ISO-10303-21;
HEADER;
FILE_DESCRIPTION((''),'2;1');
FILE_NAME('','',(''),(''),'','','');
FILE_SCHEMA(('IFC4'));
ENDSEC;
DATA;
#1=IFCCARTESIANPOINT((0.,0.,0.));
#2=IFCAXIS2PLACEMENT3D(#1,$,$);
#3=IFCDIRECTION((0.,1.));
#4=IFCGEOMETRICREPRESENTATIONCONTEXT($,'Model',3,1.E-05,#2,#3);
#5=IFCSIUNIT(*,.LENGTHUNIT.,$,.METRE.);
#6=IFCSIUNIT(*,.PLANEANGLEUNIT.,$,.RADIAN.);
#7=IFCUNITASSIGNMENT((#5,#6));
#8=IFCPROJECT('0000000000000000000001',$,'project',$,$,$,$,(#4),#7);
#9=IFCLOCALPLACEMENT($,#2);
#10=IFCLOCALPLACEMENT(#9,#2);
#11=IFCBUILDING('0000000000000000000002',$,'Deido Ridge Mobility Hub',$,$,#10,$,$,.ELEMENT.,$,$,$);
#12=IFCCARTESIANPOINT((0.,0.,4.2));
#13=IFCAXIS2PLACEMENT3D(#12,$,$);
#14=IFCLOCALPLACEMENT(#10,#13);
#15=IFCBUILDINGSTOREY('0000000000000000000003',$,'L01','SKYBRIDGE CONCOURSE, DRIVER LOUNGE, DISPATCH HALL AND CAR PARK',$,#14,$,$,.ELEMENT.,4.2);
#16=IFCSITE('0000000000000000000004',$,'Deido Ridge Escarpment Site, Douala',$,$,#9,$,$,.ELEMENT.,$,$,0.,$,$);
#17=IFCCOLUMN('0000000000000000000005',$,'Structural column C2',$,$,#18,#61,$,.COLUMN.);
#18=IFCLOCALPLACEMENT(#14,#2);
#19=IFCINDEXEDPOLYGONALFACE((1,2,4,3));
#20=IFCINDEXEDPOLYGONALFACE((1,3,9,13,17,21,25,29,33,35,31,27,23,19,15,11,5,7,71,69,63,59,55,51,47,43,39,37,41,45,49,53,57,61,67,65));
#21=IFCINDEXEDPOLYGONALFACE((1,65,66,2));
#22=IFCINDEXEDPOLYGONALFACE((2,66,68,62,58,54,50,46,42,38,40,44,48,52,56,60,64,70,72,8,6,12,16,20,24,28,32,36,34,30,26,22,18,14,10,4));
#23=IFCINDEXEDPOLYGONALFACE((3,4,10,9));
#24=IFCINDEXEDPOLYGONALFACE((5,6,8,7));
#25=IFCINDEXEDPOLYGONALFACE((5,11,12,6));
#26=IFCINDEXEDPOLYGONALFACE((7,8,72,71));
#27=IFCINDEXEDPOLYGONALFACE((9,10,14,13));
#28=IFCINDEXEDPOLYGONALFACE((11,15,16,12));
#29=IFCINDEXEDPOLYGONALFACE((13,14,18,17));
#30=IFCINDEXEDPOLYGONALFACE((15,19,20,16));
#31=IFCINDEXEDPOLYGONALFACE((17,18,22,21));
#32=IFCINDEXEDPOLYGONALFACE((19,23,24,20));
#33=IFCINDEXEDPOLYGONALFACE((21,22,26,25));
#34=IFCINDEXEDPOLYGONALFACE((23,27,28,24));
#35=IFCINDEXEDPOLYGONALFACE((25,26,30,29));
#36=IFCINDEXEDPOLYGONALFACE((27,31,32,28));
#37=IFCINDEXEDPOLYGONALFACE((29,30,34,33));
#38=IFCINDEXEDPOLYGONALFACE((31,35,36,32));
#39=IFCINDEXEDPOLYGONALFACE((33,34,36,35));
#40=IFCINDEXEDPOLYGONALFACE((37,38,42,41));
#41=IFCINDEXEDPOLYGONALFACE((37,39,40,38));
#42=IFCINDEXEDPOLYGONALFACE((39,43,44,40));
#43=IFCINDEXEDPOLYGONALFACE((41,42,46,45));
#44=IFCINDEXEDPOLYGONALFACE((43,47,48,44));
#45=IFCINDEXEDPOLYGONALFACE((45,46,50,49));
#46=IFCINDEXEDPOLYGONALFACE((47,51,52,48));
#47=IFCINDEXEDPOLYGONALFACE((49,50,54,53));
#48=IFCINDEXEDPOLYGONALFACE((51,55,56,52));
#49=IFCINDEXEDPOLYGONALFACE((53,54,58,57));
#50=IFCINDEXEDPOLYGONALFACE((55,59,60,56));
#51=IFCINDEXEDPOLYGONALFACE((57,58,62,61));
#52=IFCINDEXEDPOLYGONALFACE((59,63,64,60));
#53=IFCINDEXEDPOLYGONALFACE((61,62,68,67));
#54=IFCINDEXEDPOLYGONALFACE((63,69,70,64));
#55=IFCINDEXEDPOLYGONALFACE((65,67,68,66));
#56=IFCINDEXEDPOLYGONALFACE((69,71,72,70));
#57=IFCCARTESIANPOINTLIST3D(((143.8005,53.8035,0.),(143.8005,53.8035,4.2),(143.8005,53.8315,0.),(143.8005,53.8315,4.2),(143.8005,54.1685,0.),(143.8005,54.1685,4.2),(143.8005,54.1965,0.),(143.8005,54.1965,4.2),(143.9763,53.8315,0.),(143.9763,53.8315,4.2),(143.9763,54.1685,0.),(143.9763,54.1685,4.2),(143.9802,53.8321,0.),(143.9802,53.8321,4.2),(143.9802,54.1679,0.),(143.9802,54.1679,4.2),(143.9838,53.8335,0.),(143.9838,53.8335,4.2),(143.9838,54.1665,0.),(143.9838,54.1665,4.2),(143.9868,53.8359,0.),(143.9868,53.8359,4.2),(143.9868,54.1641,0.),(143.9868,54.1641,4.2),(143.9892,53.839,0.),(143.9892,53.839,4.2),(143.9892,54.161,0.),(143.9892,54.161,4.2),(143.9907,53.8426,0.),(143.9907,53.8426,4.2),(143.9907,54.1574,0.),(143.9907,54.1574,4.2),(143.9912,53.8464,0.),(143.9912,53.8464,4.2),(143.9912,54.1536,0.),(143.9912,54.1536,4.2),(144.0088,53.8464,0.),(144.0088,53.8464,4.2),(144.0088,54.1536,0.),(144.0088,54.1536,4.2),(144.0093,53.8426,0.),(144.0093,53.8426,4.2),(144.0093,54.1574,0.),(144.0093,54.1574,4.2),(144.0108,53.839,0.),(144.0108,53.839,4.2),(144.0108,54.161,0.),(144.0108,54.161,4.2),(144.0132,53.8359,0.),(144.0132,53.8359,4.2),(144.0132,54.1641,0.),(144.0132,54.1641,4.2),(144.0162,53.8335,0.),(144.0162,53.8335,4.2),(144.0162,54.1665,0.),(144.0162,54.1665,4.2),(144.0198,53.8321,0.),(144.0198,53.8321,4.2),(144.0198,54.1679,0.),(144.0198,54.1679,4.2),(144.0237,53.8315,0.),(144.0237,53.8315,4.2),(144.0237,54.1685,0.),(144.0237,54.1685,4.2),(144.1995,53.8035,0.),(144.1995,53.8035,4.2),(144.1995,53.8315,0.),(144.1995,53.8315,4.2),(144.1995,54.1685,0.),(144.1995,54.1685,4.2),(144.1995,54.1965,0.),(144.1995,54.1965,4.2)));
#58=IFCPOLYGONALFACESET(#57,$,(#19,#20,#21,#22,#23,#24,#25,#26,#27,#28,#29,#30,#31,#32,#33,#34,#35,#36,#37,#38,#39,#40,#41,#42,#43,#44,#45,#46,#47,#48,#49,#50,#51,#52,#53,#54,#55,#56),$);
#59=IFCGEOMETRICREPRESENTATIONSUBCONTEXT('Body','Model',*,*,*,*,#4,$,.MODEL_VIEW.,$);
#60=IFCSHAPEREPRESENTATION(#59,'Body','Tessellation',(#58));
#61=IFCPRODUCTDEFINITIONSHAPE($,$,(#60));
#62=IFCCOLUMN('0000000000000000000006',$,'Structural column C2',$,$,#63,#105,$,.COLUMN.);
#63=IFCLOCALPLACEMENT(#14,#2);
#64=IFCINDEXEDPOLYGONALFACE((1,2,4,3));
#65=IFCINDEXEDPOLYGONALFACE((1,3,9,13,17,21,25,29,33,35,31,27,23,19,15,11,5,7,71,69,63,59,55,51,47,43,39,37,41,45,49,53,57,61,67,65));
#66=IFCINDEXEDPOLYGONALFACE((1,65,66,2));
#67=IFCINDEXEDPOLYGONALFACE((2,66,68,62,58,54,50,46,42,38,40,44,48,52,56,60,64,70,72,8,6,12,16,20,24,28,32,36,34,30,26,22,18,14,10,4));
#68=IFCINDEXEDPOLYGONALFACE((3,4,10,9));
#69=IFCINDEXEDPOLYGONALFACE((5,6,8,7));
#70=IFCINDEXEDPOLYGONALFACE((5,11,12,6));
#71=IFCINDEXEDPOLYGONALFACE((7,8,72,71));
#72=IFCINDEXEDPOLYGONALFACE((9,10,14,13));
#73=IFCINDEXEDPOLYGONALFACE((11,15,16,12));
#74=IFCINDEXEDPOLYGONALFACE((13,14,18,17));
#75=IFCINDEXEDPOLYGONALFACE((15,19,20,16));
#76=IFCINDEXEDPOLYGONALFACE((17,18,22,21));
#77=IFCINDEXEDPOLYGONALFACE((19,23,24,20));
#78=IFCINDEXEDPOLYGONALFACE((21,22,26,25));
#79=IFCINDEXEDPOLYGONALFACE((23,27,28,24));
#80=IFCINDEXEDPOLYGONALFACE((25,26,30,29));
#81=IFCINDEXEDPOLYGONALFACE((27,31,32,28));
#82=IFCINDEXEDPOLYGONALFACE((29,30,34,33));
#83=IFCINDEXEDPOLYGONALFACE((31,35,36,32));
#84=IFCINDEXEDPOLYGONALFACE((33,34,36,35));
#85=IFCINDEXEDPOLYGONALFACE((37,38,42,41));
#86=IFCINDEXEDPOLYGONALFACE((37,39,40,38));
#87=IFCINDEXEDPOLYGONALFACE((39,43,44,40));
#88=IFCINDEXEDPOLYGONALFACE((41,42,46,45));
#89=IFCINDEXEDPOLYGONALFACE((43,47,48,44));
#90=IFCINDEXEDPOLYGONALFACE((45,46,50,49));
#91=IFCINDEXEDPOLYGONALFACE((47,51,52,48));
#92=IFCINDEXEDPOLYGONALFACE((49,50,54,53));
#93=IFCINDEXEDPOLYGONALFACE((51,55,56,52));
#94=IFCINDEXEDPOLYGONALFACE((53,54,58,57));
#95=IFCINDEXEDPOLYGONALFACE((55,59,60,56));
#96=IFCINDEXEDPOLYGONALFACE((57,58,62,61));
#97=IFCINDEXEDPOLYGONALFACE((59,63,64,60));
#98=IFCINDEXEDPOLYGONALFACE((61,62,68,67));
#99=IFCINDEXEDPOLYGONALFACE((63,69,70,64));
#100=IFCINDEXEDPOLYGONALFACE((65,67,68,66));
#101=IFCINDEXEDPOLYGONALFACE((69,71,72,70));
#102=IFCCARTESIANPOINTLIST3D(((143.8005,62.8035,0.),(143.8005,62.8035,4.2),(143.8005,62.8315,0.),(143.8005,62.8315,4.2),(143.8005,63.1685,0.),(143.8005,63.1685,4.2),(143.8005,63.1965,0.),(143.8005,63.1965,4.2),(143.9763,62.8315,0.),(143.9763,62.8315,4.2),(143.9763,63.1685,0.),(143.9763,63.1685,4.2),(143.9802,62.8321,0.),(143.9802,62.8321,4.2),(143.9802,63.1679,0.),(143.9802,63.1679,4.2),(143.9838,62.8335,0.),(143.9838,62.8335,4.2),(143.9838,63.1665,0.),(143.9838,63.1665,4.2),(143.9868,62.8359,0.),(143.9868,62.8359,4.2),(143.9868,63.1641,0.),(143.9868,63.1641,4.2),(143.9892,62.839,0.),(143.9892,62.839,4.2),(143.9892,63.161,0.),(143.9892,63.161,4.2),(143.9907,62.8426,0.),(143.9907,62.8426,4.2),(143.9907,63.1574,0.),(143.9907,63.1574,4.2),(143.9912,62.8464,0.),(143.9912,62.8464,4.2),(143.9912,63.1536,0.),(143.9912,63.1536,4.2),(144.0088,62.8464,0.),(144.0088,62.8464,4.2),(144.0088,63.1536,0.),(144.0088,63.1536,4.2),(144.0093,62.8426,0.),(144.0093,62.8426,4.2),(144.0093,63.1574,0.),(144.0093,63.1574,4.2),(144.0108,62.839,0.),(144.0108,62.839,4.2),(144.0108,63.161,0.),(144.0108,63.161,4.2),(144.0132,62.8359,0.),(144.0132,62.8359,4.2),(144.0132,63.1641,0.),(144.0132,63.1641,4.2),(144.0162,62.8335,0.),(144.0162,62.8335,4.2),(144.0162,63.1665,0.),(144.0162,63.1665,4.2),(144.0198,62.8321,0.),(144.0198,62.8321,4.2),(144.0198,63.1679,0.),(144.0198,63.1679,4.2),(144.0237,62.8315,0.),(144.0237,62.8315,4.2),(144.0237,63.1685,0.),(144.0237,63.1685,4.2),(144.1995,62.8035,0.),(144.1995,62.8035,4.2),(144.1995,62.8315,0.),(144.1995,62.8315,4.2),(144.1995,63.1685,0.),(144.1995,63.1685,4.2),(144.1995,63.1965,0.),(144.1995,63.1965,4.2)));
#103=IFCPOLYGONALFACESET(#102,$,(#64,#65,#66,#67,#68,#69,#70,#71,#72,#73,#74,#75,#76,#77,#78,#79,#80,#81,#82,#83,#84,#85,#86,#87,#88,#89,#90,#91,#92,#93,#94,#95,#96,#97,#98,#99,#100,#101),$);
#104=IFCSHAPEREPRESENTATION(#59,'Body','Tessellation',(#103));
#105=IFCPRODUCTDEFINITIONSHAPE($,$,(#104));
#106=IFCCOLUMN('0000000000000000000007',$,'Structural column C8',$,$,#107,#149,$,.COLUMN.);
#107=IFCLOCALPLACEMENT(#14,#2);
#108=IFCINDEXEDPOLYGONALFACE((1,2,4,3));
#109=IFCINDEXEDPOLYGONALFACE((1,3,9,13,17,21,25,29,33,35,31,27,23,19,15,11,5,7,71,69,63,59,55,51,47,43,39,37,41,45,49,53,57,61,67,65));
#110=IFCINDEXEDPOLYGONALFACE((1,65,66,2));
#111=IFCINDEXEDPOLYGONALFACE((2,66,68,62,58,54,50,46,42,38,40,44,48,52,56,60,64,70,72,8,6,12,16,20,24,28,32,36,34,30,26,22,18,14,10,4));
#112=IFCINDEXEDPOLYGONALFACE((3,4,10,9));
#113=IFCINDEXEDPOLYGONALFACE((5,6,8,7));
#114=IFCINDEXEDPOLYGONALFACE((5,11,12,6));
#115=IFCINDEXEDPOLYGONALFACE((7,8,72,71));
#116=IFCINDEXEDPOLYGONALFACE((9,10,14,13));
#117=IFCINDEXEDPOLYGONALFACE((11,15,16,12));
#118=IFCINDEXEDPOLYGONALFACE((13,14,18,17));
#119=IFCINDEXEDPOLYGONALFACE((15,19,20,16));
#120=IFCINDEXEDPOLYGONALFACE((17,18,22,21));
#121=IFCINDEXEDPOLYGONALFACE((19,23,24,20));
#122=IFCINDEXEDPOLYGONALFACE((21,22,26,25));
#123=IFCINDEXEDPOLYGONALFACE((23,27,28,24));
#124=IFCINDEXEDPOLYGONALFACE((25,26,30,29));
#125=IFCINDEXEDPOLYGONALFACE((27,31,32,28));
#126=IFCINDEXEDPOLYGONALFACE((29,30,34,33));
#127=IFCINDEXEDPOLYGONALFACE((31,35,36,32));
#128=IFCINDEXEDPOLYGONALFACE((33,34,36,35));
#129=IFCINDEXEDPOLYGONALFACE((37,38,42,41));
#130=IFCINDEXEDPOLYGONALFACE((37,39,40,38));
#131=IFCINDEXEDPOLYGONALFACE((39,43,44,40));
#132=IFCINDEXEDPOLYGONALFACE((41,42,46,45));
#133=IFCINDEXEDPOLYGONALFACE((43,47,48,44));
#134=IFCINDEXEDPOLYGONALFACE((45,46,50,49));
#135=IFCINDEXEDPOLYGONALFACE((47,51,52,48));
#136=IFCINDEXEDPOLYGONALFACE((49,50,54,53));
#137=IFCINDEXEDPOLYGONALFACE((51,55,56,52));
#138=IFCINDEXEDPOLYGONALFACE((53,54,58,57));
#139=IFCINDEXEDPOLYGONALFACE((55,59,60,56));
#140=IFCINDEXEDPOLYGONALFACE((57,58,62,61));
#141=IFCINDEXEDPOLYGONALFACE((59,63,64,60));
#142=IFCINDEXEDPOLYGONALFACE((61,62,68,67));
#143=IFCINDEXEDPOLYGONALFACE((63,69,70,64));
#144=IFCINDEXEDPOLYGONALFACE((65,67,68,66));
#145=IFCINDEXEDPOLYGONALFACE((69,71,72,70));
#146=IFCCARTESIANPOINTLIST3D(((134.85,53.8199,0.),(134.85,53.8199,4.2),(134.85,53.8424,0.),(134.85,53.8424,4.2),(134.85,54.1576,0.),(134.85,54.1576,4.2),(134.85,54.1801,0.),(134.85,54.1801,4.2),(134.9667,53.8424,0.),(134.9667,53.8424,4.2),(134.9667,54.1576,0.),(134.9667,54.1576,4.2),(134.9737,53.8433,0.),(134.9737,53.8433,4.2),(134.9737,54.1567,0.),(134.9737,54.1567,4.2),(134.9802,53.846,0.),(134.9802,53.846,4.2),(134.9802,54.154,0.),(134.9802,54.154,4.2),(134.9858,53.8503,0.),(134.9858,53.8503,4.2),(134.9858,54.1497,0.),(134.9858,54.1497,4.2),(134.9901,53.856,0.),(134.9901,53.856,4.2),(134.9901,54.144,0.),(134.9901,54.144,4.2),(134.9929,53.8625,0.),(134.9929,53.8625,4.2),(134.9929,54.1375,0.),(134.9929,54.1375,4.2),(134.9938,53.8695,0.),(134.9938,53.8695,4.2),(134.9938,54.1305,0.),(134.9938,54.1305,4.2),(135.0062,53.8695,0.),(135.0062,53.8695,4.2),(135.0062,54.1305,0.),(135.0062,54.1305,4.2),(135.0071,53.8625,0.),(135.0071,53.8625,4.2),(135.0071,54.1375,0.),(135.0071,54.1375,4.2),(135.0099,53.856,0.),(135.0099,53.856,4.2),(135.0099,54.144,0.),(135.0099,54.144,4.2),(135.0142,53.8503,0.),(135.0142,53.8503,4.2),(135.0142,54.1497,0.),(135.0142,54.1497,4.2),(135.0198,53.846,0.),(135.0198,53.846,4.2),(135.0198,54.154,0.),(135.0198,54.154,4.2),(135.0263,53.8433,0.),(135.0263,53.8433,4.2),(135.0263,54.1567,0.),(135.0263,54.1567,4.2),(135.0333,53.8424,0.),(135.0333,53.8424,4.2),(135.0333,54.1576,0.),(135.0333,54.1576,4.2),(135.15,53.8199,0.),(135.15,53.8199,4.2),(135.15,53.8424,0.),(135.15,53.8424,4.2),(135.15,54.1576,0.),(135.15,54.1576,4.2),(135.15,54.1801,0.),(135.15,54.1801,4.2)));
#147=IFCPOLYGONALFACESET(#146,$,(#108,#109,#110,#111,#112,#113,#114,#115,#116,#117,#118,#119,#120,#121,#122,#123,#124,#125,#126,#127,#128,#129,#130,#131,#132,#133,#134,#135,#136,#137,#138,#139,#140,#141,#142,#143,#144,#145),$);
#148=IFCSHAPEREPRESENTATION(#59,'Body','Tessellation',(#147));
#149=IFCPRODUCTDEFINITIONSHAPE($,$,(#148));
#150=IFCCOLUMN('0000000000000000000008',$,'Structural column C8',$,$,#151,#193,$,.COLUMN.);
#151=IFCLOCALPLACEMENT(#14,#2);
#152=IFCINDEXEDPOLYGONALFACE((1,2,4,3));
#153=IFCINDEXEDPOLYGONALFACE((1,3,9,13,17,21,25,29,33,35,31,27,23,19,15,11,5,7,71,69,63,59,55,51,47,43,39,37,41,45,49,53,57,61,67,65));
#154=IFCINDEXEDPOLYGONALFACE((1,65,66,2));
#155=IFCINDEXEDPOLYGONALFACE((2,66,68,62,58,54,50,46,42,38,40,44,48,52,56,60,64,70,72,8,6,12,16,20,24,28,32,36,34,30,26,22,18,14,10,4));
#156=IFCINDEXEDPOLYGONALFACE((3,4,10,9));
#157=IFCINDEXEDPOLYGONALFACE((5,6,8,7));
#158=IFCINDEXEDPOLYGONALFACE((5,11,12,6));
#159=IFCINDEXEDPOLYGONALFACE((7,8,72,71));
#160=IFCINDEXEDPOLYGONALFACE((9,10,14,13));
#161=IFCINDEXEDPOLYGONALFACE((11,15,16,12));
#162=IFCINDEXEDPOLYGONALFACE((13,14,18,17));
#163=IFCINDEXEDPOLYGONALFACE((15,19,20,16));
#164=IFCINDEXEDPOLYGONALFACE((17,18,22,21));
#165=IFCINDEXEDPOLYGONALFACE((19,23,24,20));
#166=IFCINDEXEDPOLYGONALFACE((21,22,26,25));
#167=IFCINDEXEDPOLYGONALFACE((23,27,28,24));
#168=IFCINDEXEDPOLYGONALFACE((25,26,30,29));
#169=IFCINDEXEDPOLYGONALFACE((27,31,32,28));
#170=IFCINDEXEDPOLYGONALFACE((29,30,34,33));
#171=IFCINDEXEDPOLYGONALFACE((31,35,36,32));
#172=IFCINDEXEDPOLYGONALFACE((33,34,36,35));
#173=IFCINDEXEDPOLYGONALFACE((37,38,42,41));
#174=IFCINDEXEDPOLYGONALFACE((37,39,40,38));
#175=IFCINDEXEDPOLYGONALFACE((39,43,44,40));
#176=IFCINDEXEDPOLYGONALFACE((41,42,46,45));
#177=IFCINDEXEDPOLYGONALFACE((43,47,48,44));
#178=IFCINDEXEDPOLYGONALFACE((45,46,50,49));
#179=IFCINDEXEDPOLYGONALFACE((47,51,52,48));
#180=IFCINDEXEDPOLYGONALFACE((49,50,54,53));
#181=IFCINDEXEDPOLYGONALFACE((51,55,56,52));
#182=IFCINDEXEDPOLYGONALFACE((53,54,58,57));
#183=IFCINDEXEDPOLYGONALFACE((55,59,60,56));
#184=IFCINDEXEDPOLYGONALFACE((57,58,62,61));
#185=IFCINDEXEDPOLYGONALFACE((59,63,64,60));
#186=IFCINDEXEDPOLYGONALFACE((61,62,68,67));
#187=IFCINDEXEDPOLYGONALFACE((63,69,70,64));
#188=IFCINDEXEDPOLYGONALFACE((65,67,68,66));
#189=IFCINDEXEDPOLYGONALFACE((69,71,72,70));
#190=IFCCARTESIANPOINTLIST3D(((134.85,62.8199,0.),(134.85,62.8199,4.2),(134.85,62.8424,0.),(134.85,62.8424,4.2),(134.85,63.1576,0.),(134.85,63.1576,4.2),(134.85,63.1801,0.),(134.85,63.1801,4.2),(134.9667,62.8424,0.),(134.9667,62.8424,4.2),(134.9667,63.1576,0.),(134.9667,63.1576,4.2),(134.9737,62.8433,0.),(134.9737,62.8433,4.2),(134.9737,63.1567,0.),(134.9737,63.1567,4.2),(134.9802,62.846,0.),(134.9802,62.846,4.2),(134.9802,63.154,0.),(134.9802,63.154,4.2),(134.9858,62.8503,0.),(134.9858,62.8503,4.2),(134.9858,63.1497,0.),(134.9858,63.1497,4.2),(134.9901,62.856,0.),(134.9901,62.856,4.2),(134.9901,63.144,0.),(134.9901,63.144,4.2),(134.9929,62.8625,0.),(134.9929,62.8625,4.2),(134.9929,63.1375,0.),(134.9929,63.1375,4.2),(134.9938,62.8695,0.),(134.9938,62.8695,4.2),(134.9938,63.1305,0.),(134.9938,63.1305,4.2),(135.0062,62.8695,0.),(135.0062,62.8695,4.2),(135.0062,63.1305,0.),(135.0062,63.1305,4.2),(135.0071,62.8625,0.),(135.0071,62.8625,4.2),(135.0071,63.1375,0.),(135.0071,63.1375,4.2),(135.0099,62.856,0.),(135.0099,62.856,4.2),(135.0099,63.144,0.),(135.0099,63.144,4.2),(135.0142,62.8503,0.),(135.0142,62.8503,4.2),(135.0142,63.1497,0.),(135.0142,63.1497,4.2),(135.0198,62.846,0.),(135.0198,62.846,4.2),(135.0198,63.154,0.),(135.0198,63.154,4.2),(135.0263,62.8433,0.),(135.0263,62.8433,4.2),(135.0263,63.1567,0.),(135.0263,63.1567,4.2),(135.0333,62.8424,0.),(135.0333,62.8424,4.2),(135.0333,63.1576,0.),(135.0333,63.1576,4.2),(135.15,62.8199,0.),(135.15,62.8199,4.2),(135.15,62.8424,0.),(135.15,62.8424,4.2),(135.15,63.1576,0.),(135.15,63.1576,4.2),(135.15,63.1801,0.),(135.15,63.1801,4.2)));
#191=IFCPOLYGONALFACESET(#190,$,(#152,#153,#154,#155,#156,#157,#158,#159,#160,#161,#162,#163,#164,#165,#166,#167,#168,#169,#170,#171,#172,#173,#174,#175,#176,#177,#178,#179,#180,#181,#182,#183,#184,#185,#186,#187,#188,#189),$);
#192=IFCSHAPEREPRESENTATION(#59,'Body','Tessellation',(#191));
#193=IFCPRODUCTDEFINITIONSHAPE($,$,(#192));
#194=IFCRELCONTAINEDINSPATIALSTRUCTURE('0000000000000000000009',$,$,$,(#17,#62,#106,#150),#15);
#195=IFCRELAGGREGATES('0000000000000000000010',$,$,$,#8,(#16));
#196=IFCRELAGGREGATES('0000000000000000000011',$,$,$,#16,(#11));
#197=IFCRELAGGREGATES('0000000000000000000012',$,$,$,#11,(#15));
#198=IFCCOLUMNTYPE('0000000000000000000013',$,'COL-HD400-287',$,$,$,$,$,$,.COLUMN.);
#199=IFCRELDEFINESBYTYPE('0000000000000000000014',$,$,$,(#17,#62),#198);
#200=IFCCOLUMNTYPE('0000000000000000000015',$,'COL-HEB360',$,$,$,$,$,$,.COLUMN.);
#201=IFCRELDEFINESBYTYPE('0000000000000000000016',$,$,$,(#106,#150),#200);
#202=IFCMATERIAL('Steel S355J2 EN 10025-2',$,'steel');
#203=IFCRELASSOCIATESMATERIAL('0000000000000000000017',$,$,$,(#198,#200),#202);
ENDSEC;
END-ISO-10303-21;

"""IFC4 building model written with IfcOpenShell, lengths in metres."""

from ifc_helpers import new_model, si_unit, direction, frame, origin, origin_2d, place, context, subcontext, project, spatial, i_section, extrude, material, material_profile, profile_set, type_object, element, save


model = new_model("IFC4")

# Units and contexts
model_context = context("Model", 3, precision=1e-05, world=origin(), true_north=direction((0.0, 1.0)))
body_context = subcontext(model_context, "Body", "Model", "MODEL_VIEW")
ifc_project = project(units=[si_unit("LENGTHUNIT", "METRE"), si_unit("PLANEANGLEUNIT", "RADIAN")], contexts=[model_context])

# Site, building, storey
site_placement = place(None, origin())
site = spatial("IfcSite", under=ifc_project, at=site_placement, Name="Deido Ridge Escarpment Site, Douala", CompositionType="ELEMENT", RefElevation=0.0)
building_placement = place(site_placement, origin())
building = spatial("IfcBuilding", under=site, at=building_placement, Name="Deido Ridge Mobility Hub", CompositionType="ELEMENT")
storey_placement = place(building_placement, frame((0.0, 0.0, 4.2)))
storey = spatial("IfcBuildingStorey", under=building, at=storey_placement, Name="L01", Description="SKYBRIDGE CONCOURSE, DRIVER LOUNGE, DISPATCH HALL AND CAR PARK", CompositionType="ELEMENT", Elevation=4.2)

# Columns
ifc_material_1 = material(Name="Steel S355J2 EN 10025-2", Category="steel")
ifc_material_profile_1 = material_profile(ifc_material_1, i_section(OverallWidth=0.3989, OverallDepth=0.3931, WebThickness=0.0176, FlangeThickness=0.0281, FilletRadius=0.0149, at=origin_2d()), Name="HD 400x287")
ifc_profile_set_1 = profile_set([ifc_material_profile_1], Name="Steel S355J2 EN 10025-2")
column_type_1 = type_object("IfcColumnType", Name="COL-HD400-287", PredefinedType="COLUMN", material=ifc_profile_set_1)
for number, where, z_axis, x_axis, name in (
    (1, (144.0, 54.0, 0.0), (0.0, 0.0, 1.0), (1.0, 0.0, 0.0), "Structural column C2"),
    (2, (144.0, 63.0, 0.0), (0.0, 0.0, 1.0), (1.0, 0.0, 0.0), "Structural column C2"),
):
    element("IfcColumn", number, at=place(storey_placement, frame(where, z_axis=z_axis, x_axis=x_axis)), inside=storey, type_object=column_type_1, Name=name, PredefinedType="COLUMN", context=body_context, shape_type="SweptSolid", body=[
        extrude(i_section(OverallWidth=0.3989, OverallDepth=0.3931, WebThickness=0.0176, FlangeThickness=0.0281, FilletRadius=0.0149, at=origin_2d()), origin(), (0.0, 0.0, 1.0), 4.2),
    ])
ifc_material_profile_2 = material_profile(ifc_material_1, i_section(OverallWidth=0.3, OverallDepth=0.3601, WebThickness=0.0125, FlangeThickness=0.0225, FilletRadius=0.0271, at=origin_2d()), Name="HEB 360")
ifc_profile_set_2 = profile_set([ifc_material_profile_2], Name="Steel S355J2 EN 10025-2")
column_type_2 = type_object("IfcColumnType", Name="COL-HEB360", PredefinedType="COLUMN", material=ifc_profile_set_2)
for number, where, z_axis, x_axis, name in (
    (3, (135.0, 54.0, 0.0), (0.0, 0.0, 1.0), (1.0, 0.0, 0.0), "Structural column C8"),
    (4, (135.0, 63.0, 0.0), (0.0, 0.0, 1.0), (1.0, 0.0, 0.0), "Structural column C8"),
):
    element("IfcColumn", number, at=place(storey_placement, frame(where, z_axis=z_axis, x_axis=x_axis)), inside=storey, type_object=column_type_2, Name=name, PredefinedType="COLUMN", context=body_context, shape_type="SweptSolid", body=[
        extrude(i_section(OverallWidth=0.3, OverallDepth=0.3601, WebThickness=0.0125, FlangeThickness=0.0225, FilletRadius=0.0271, at=origin_2d()), origin(), (0.0, 0.0, 1.0), 4.2),
    ])

save(model, "model.ifc")
